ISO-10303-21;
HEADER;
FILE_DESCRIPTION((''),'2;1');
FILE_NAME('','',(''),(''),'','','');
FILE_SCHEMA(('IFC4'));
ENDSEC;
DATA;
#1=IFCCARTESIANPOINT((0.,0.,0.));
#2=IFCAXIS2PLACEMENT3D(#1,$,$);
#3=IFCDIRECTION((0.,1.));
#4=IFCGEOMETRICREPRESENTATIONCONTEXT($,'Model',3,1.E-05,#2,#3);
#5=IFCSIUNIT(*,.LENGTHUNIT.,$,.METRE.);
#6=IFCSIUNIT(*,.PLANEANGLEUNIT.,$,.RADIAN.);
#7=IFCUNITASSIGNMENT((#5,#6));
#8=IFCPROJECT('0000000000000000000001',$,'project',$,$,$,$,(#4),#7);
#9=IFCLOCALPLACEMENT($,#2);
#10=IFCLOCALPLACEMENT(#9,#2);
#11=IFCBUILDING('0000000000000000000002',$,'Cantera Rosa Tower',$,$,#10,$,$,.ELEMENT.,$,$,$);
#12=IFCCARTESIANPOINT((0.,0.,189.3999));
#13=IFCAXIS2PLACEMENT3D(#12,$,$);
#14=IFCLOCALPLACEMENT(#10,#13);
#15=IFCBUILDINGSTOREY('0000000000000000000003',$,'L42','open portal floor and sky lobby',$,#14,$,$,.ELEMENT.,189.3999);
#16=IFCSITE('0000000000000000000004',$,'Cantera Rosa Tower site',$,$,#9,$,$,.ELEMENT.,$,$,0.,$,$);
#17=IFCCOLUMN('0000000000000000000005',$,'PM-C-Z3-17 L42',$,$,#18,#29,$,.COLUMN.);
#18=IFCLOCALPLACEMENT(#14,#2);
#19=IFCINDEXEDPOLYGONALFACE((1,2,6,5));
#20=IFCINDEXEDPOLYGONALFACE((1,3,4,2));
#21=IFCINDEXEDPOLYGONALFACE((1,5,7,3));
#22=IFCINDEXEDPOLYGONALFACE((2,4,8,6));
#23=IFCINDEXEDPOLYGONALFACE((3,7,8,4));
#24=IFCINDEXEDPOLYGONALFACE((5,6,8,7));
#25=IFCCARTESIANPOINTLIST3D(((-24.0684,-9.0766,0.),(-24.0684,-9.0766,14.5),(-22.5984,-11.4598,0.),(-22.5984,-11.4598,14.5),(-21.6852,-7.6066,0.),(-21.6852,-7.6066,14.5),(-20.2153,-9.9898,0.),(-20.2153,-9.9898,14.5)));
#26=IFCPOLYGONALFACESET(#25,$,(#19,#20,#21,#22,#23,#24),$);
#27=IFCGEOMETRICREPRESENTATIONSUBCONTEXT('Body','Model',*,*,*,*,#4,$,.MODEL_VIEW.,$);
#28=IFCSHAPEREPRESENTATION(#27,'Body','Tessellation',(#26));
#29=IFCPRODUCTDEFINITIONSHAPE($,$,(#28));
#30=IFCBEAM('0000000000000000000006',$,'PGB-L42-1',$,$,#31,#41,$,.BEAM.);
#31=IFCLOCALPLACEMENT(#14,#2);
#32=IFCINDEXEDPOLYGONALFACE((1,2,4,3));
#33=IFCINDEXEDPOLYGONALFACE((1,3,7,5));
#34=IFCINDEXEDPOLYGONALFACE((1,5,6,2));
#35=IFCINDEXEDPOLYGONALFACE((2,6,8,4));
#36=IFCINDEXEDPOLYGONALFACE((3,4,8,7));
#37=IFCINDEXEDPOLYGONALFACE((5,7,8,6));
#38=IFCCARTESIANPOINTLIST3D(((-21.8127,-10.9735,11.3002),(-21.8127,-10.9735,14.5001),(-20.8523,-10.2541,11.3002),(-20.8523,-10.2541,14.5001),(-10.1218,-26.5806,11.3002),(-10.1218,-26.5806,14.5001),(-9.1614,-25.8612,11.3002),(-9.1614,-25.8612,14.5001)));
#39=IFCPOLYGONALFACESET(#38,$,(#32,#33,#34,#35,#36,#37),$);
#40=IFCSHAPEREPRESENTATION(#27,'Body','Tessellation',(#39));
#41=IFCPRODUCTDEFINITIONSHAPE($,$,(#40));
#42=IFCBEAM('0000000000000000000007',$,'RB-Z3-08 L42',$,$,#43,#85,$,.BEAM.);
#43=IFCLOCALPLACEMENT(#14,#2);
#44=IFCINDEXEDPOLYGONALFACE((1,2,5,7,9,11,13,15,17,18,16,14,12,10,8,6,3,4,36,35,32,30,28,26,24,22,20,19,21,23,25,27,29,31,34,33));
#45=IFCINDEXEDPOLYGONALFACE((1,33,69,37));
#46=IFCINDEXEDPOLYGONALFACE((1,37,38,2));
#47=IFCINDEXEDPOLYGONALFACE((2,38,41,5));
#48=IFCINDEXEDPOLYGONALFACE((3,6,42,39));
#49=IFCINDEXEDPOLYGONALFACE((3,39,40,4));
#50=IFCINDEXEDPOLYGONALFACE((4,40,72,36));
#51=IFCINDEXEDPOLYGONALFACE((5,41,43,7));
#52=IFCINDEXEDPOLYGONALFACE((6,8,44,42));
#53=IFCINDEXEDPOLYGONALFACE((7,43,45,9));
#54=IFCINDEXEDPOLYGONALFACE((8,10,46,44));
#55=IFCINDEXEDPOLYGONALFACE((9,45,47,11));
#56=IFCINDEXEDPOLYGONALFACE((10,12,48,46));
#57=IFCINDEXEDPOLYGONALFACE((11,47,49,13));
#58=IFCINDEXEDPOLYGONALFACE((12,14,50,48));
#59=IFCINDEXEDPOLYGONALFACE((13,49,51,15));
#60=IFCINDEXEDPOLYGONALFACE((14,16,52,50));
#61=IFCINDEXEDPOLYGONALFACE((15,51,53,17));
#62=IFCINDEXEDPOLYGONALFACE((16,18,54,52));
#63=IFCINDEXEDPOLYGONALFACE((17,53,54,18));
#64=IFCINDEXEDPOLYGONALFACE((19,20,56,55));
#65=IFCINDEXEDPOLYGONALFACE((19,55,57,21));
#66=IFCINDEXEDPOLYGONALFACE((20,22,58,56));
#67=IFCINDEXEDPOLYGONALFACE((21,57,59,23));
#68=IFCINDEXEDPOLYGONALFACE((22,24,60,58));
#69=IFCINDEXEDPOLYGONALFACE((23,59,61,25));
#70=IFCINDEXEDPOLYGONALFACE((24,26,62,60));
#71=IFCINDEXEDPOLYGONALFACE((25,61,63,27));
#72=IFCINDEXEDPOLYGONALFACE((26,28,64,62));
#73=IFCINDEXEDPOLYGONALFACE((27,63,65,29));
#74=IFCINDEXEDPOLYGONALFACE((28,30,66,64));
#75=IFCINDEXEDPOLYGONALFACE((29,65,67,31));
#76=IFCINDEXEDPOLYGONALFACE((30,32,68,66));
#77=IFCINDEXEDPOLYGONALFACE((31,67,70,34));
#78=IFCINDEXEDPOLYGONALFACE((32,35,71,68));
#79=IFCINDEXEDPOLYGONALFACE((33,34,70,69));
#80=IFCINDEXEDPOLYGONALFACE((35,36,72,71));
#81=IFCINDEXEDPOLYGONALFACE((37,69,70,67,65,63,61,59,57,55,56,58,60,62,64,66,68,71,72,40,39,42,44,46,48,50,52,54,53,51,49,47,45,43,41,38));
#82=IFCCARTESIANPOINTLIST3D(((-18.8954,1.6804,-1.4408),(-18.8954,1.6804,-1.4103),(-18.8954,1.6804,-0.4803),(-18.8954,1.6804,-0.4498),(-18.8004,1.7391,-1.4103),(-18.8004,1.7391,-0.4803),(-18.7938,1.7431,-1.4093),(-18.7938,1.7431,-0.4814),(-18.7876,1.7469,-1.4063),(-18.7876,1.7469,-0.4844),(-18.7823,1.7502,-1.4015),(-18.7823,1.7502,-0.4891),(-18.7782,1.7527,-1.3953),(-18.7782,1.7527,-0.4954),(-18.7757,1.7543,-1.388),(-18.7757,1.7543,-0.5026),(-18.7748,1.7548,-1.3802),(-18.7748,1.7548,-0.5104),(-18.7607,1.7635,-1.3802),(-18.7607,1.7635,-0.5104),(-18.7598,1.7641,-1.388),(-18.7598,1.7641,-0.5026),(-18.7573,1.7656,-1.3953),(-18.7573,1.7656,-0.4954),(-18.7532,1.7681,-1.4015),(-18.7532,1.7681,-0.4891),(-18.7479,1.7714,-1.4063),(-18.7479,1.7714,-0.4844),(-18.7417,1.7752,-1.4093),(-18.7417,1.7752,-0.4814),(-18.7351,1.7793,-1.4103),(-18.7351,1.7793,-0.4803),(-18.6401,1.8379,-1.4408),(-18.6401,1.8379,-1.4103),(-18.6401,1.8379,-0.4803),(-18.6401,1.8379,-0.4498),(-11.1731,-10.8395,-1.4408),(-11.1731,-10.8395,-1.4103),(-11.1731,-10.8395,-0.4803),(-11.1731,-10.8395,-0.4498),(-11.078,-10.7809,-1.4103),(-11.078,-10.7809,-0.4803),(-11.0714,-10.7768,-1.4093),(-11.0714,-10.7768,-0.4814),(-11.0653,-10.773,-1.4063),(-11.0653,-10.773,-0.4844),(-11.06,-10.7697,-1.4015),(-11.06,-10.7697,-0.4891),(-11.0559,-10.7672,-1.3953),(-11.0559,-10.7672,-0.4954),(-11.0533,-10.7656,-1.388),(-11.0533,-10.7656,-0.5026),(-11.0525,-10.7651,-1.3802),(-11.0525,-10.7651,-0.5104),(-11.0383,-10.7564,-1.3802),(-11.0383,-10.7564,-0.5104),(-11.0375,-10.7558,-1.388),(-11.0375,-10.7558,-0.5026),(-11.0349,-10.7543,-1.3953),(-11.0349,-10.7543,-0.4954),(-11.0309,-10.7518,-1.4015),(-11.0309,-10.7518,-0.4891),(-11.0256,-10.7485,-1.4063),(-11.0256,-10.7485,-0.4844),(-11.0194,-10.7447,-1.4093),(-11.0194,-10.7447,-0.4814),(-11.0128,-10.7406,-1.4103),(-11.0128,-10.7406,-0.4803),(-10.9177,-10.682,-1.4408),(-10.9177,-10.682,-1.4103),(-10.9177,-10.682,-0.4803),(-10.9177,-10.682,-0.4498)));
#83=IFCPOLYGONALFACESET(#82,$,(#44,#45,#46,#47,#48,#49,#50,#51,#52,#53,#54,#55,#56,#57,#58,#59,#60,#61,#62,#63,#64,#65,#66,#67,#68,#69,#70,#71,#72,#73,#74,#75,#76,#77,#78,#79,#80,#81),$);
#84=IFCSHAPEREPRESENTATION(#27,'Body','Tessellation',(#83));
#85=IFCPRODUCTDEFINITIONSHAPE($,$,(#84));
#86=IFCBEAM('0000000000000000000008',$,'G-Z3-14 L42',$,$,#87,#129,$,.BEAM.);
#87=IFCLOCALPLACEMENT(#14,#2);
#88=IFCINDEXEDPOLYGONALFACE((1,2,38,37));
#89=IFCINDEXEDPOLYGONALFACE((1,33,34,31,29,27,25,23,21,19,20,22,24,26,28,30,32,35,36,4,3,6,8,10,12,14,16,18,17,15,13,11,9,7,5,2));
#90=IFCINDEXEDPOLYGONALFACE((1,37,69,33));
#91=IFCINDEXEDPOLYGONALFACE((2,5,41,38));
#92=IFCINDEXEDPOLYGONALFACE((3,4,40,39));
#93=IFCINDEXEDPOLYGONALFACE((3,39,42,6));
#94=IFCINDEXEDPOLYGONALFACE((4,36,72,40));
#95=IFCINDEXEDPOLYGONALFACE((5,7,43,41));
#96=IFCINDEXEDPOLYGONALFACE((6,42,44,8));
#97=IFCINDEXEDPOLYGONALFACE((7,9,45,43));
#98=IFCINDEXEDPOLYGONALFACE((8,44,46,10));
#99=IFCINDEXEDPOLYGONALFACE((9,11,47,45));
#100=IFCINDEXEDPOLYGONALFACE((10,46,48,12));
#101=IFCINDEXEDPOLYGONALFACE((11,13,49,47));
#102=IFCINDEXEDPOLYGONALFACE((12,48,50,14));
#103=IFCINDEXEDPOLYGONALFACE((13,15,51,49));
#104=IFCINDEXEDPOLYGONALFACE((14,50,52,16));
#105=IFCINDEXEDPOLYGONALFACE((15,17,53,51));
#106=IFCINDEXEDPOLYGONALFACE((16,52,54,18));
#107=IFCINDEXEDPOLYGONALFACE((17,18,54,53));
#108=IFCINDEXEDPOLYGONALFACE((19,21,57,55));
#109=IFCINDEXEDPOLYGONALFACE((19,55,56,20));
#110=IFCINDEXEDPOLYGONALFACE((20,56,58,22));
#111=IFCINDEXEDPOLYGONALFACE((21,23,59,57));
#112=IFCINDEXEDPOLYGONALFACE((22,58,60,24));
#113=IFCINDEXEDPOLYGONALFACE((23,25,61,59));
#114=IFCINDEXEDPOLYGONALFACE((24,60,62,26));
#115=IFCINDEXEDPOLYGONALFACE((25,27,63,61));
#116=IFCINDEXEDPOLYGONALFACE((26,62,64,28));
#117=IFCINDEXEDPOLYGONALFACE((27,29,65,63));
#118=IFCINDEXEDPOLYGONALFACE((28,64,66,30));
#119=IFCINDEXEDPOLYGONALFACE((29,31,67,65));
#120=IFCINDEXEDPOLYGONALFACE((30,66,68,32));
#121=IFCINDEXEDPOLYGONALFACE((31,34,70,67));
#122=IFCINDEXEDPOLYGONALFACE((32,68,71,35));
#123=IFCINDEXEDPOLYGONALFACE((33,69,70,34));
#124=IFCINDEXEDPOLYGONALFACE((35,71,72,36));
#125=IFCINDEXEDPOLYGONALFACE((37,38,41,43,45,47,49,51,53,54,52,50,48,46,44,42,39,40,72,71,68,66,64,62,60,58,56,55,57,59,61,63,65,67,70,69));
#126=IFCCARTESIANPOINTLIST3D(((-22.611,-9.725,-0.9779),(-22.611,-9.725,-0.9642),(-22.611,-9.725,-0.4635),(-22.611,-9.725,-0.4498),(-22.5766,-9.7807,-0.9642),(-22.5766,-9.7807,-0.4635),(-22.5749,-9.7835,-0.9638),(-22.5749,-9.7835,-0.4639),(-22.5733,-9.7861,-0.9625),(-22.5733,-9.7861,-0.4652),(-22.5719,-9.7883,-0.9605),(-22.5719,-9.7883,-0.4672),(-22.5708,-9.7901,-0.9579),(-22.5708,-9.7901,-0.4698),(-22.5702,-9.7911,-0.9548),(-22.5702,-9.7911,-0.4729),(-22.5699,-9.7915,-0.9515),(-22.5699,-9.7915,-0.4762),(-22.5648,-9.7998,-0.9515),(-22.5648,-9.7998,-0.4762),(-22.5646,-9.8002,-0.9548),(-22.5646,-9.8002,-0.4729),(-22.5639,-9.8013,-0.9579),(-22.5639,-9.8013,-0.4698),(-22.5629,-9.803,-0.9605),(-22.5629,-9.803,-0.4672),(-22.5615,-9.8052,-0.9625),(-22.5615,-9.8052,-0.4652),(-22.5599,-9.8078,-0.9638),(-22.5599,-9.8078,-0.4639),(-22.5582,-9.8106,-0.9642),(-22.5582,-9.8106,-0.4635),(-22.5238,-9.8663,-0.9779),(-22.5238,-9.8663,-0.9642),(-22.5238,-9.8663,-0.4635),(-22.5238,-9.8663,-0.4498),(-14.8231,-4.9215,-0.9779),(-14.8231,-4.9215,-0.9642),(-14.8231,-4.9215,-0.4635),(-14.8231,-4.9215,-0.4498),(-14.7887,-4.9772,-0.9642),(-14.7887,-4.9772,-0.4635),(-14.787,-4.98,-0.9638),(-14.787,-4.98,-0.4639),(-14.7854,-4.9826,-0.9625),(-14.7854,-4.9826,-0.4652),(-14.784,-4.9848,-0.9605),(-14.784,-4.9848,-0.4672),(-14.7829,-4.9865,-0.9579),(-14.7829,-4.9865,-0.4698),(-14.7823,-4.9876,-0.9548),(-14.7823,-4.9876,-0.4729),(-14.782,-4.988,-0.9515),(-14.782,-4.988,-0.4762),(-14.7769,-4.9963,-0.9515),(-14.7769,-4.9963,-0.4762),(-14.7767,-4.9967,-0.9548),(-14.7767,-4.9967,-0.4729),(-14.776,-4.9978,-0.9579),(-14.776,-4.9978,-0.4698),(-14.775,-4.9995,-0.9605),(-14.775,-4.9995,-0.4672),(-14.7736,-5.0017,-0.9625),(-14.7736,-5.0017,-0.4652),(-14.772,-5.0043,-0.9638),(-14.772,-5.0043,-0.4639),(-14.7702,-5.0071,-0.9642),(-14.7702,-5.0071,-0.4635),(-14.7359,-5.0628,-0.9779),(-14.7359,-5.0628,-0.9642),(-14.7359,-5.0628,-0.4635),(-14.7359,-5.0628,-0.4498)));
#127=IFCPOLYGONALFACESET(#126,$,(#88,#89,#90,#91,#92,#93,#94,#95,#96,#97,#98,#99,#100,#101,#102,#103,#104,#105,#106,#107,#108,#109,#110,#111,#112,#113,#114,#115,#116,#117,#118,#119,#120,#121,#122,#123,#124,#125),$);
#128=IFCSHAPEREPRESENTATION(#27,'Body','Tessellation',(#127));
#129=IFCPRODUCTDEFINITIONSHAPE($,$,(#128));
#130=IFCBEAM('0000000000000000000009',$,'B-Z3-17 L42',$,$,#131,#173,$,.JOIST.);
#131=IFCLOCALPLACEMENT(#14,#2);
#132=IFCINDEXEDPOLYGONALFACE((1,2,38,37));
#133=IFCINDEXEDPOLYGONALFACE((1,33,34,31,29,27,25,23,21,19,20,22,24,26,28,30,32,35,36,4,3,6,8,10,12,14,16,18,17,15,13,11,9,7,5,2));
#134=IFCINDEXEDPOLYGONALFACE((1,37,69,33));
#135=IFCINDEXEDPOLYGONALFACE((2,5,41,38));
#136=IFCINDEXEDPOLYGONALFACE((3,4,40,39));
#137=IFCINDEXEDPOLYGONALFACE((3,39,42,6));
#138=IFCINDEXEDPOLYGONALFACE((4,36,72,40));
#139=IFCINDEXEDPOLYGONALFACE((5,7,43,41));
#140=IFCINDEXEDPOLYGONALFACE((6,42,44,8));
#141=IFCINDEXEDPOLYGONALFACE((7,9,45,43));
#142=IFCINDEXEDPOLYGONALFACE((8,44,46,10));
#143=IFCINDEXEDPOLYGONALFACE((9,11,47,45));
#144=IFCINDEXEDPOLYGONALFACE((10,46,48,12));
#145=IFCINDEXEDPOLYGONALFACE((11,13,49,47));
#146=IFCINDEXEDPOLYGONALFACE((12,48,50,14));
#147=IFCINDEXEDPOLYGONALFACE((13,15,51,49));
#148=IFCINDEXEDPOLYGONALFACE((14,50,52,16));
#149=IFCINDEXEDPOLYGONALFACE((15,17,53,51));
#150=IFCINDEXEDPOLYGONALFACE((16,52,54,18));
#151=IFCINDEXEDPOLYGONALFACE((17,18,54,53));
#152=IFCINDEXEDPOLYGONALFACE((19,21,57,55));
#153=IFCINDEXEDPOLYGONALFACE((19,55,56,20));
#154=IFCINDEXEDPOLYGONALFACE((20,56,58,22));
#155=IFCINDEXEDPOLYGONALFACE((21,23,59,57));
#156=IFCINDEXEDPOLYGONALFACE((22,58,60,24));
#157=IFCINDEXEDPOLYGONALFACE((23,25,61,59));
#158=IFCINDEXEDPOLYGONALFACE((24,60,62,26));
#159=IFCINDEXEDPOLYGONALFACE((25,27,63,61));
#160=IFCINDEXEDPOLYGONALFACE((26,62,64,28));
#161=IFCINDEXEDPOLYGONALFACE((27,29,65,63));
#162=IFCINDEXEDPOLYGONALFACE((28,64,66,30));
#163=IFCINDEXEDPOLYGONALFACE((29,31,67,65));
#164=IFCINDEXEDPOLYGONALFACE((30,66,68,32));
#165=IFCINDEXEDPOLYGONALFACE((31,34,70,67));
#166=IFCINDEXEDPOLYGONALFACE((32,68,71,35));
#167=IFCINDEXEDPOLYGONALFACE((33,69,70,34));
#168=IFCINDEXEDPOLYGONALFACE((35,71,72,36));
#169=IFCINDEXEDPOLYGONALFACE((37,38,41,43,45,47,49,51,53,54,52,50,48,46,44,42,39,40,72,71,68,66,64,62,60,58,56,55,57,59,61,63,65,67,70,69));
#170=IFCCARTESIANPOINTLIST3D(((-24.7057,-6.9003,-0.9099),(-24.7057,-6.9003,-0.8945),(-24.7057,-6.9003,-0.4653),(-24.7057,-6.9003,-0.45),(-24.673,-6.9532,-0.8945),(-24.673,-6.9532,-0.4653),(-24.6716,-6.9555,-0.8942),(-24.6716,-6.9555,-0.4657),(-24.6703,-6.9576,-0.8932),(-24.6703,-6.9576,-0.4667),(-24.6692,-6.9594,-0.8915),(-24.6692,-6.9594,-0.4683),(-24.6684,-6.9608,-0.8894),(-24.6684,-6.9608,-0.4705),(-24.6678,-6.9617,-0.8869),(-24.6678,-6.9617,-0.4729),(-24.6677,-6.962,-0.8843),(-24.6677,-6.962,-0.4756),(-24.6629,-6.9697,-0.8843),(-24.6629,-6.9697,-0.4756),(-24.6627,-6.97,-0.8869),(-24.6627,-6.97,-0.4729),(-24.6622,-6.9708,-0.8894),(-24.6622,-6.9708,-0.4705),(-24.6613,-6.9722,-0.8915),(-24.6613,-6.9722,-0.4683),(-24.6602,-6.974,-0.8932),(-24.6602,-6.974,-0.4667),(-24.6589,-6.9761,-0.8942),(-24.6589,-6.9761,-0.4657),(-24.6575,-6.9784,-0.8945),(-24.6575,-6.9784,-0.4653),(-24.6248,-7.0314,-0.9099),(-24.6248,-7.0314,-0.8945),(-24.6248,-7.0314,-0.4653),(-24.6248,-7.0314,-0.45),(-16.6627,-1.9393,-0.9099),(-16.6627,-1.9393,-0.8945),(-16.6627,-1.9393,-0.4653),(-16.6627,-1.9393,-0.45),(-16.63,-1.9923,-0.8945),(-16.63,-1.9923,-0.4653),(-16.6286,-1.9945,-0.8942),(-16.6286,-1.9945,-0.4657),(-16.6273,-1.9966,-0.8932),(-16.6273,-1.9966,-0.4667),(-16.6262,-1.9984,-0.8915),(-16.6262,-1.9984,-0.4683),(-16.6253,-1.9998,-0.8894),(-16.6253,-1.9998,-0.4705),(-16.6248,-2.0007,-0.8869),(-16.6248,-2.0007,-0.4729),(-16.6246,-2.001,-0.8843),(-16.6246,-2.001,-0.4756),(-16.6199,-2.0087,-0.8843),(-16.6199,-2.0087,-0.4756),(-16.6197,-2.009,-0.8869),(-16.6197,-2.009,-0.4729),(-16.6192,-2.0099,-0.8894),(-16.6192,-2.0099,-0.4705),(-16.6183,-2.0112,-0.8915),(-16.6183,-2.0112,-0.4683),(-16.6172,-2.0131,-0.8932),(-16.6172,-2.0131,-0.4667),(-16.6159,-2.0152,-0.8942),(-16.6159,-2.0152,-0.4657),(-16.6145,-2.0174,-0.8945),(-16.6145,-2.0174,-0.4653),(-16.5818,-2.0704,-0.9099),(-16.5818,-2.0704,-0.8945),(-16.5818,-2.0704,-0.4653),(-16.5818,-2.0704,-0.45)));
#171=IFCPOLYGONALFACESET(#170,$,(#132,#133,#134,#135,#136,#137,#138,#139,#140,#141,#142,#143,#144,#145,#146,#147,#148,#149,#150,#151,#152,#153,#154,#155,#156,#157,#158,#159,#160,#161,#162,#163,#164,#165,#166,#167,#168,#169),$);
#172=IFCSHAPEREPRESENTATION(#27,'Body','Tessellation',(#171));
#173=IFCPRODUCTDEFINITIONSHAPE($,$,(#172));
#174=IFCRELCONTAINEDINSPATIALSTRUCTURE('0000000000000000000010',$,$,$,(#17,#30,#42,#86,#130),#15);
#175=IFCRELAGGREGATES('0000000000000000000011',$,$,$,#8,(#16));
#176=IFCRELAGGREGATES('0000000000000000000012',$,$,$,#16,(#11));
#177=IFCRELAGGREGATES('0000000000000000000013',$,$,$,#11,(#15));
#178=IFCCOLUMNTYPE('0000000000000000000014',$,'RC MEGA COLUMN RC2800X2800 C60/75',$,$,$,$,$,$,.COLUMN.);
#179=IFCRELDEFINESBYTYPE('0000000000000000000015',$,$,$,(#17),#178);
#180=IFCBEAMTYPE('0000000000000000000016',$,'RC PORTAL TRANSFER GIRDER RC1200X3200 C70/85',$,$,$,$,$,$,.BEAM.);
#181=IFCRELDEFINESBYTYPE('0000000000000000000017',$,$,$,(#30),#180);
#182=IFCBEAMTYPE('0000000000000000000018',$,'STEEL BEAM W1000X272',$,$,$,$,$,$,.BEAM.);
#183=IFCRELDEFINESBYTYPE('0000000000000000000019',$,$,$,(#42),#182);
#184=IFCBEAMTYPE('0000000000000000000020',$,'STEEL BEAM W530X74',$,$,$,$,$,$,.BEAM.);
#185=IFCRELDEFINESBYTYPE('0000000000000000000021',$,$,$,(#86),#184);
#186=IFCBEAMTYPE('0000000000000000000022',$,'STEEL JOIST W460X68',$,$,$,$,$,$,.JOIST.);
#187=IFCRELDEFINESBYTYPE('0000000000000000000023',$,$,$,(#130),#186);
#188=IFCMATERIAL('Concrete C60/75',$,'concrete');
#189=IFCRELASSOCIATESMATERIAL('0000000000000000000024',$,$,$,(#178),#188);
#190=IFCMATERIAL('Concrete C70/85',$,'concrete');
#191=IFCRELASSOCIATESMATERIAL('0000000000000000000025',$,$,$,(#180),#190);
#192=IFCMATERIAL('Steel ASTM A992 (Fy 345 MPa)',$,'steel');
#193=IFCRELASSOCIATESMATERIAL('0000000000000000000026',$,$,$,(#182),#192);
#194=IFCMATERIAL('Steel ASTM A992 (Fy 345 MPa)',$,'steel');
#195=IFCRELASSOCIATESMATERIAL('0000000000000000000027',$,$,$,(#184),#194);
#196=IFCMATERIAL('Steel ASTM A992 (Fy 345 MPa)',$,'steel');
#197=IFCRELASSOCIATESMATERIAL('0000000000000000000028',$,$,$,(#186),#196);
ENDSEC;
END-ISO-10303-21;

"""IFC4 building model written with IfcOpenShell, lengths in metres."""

from ifc_helpers import new_model, si_unit, direction, frame, origin, origin_2d, place, context, subcontext, project, spatial, rectangle, i_section, extrude, material, material_profile, profile_set, type_object, element, save


model = new_model("IFC4")

# Units and contexts
model_context = context("Model", 3, precision=1e-05, world=origin(), true_north=direction((0.0, 1.0)))
body_context = subcontext(model_context, "Body", "Model", "MODEL_VIEW")
ifc_project = project(units=[si_unit("LENGTHUNIT", "METRE"), si_unit("PLANEANGLEUNIT", "RADIAN")], contexts=[model_context])

# Site, building, storey
site_placement = place(None, origin())
site = spatial("IfcSite", under=ifc_project, at=site_placement, Name="Cantera Rosa Tower site", CompositionType="ELEMENT", RefElevation=0.0)
building_placement = place(site_placement, origin())
building = spatial("IfcBuilding", under=site, at=building_placement, Name="Cantera Rosa Tower", CompositionType="ELEMENT")
storey_placement = place(building_placement, frame((0.0, 0.0, 189.3999)))
storey = spatial("IfcBuildingStorey", under=building, at=storey_placement, Name="L42", Description="open portal floor and sky lobby", CompositionType="ELEMENT", Elevation=189.3999)

# Column
ifc_material_1 = material(Name="Concrete C60/75", Category="concrete")
ifc_material_profile_1 = material_profile(ifc_material_1, rectangle(XDim=2.8, YDim=2.8, at=origin_2d()), Name="RC MEGA COLUMN RC2800X2800 C60/75")
ifc_profile_set_1 = profile_set([ifc_material_profile_1], Name="Concrete C60/75")
column_type = type_object("IfcColumnType", Name="RC MEGA COLUMN RC2800X2800 C60/75", PredefinedType="COLUMN", material=ifc_profile_set_1)
column_placement = place(storey_placement, frame((-22.1418, -9.5332, 0.0), z_axis=(0.0, 0.0, 1.0), x_axis=(0.851117, 0.524977, 0.0)))
element("IfcColumn", 1, at=column_placement, inside=storey, type_object=column_type, Name="PM-C-Z3-17 L42", PredefinedType="COLUMN", context=body_context, shape_type="SweptSolid", body=[
    extrude(rectangle(XDim=2.8, YDim=2.8, at=origin_2d()), origin(), (0.0, 0.0, 1.0), 14.5),
])

# Beams
ifc_material_2 = material(Name="Concrete C70/85", Category="concrete")
ifc_material_profile_2 = material_profile(ifc_material_2, rectangle(XDim=1.2, YDim=3.2, at=origin_2d()), Name="RC PORTAL TRANSFER GIRDER RC1200X3200 C70/85")
ifc_profile_set_2 = profile_set([ifc_material_profile_2], Name="Concrete C70/85")
beam_type_1 = type_object("IfcBeamType", Name="RC PORTAL TRANSFER GIRDER RC1200X3200 C70/85", PredefinedType="BEAM", material=ifc_profile_set_2)
beam_1_placement = place(storey_placement, frame((-21.3325, -10.6138, 12.9001), z_axis=(0.599525, -0.800356, 0.0), x_axis=(0.800356, 0.599525, 0.0)))
element("IfcBeam", 2, at=beam_1_placement, inside=storey, type_object=beam_type_1, Name="PGB-L42-1", PredefinedType="BEAM", context=body_context, shape_type="SweptSolid", body=[
    extrude(rectangle(XDim=1.2, YDim=3.2, at=origin_2d()), origin(), (0.0, 0.0, 1.0), 19.5002),
])
ifc_material_3 = material(Name="Steel ASTM A992 (Fy 345 MPa)", Category="steel")
ifc_material_profile_3 = material_profile(ifc_material_3, i_section(OverallWidth=0.3, OverallDepth=0.991, WebThickness=0.0166, FlangeThickness=0.0305, FilletRadius=0.03, at=origin_2d()), Name="W1000X272")
ifc_profile_set_3 = profile_set([ifc_material_profile_3], Name="Steel ASTM A992 (Fy 345 MPa)")
beam_type_2 = type_object("IfcBeamType", Name="STEEL BEAM W1000X272", PredefinedType="BEAM", material=ifc_profile_set_3)
beam_2_placement = place(storey_placement, frame((-11.0454, -10.7607, -0.9453), z_axis=(-0.524974, 0.851118, 0.0), x_axis=(-0.851118, -0.524974, 0.0)))
element("IfcBeam", 3, at=beam_2_placement, inside=storey, type_object=beam_type_2, Name="RB-Z3-08 L42", PredefinedType="BEAM", context=body_context, shape_type="SweptSolid", body=[
    extrude(i_section(OverallWidth=0.3, OverallDepth=0.991, WebThickness=0.0166, FlangeThickness=0.0305, FilletRadius=0.03, at=origin_2d()), origin(), (0.0, 0.0, 1.0), 14.71),
])
ifc_material_4 = material(Name="Steel ASTM A992 (Fy 345 MPa)", Category="steel")
ifc_material_profile_4 = material_profile(ifc_material_4, i_section(OverallWidth=0.166, OverallDepth=0.5281, WebThickness=0.0098, FlangeThickness=0.0137, FilletRadius=0.0127, at=origin_2d()), Name="W530X74")
ifc_profile_set_4 = profile_set([ifc_material_profile_4], Name="Steel ASTM A992 (Fy 345 MPa)")
beam_type_3 = type_object("IfcBeamType", Name="STEEL BEAM W530X74", PredefinedType="BEAM", material=ifc_profile_set_4)
beam_3_placement = place(storey_placement, frame((-22.5674, -9.7957, -0.7139), z_axis=(0.851124, 0.524965, 0.0), x_axis=(-0.524965, 0.851124, 0.0)))
element("IfcBeam", 4, at=beam_3_placement, inside=storey, type_object=beam_type_3, Name="G-Z3-14 L42", PredefinedType="BEAM", context=body_context, shape_type="SweptSolid", body=[
    extrude(i_section(OverallWidth=0.166, OverallDepth=0.5281, WebThickness=0.0098, FlangeThickness=0.0137, FilletRadius=0.0127, at=origin_2d()), origin(), (0.0, 0.0, 1.0), 9.1501),
])
ifc_material_5 = material(Name="Steel ASTM A992 (Fy 345 MPa)", Category="steel")
ifc_material_profile_5 = material_profile(ifc_material_5, i_section(OverallWidth=0.1541, OverallDepth=0.46, WebThickness=0.009, FlangeThickness=0.0154, FilletRadius=0.0103, at=origin_2d()), Name="W460X68")
ifc_profile_set_5 = profile_set([ifc_material_profile_5], Name="Steel ASTM A992 (Fy 345 MPa)")
beam_type_4 = type_object("IfcBeamType", Name="STEEL JOIST W460X68", PredefinedType="JOIST", material=ifc_profile_set_5)
for number, where, z_axis, x_axis, name in (
    (5, (-24.6653, -6.9658, -0.6799), (0.851119, 0.524974, 0.0), (-0.524974, 0.851119, 0.0), "B-Z3-17 L42"),
):
    element("IfcBeam", number, at=place(storey_placement, frame(where, z_axis=z_axis, x_axis=x_axis)), inside=storey, type_object=beam_type_4, Name=name, PredefinedType="JOIST", context=body_context, shape_type="SweptSolid", body=[
        extrude(i_section(OverallWidth=0.1541, OverallDepth=0.46, WebThickness=0.009, FlangeThickness=0.0154, FilletRadius=0.0103, at=origin_2d()), origin(), (0.0, 0.0, 1.0), 9.45),
    ])

save(model, "model.ifc")
